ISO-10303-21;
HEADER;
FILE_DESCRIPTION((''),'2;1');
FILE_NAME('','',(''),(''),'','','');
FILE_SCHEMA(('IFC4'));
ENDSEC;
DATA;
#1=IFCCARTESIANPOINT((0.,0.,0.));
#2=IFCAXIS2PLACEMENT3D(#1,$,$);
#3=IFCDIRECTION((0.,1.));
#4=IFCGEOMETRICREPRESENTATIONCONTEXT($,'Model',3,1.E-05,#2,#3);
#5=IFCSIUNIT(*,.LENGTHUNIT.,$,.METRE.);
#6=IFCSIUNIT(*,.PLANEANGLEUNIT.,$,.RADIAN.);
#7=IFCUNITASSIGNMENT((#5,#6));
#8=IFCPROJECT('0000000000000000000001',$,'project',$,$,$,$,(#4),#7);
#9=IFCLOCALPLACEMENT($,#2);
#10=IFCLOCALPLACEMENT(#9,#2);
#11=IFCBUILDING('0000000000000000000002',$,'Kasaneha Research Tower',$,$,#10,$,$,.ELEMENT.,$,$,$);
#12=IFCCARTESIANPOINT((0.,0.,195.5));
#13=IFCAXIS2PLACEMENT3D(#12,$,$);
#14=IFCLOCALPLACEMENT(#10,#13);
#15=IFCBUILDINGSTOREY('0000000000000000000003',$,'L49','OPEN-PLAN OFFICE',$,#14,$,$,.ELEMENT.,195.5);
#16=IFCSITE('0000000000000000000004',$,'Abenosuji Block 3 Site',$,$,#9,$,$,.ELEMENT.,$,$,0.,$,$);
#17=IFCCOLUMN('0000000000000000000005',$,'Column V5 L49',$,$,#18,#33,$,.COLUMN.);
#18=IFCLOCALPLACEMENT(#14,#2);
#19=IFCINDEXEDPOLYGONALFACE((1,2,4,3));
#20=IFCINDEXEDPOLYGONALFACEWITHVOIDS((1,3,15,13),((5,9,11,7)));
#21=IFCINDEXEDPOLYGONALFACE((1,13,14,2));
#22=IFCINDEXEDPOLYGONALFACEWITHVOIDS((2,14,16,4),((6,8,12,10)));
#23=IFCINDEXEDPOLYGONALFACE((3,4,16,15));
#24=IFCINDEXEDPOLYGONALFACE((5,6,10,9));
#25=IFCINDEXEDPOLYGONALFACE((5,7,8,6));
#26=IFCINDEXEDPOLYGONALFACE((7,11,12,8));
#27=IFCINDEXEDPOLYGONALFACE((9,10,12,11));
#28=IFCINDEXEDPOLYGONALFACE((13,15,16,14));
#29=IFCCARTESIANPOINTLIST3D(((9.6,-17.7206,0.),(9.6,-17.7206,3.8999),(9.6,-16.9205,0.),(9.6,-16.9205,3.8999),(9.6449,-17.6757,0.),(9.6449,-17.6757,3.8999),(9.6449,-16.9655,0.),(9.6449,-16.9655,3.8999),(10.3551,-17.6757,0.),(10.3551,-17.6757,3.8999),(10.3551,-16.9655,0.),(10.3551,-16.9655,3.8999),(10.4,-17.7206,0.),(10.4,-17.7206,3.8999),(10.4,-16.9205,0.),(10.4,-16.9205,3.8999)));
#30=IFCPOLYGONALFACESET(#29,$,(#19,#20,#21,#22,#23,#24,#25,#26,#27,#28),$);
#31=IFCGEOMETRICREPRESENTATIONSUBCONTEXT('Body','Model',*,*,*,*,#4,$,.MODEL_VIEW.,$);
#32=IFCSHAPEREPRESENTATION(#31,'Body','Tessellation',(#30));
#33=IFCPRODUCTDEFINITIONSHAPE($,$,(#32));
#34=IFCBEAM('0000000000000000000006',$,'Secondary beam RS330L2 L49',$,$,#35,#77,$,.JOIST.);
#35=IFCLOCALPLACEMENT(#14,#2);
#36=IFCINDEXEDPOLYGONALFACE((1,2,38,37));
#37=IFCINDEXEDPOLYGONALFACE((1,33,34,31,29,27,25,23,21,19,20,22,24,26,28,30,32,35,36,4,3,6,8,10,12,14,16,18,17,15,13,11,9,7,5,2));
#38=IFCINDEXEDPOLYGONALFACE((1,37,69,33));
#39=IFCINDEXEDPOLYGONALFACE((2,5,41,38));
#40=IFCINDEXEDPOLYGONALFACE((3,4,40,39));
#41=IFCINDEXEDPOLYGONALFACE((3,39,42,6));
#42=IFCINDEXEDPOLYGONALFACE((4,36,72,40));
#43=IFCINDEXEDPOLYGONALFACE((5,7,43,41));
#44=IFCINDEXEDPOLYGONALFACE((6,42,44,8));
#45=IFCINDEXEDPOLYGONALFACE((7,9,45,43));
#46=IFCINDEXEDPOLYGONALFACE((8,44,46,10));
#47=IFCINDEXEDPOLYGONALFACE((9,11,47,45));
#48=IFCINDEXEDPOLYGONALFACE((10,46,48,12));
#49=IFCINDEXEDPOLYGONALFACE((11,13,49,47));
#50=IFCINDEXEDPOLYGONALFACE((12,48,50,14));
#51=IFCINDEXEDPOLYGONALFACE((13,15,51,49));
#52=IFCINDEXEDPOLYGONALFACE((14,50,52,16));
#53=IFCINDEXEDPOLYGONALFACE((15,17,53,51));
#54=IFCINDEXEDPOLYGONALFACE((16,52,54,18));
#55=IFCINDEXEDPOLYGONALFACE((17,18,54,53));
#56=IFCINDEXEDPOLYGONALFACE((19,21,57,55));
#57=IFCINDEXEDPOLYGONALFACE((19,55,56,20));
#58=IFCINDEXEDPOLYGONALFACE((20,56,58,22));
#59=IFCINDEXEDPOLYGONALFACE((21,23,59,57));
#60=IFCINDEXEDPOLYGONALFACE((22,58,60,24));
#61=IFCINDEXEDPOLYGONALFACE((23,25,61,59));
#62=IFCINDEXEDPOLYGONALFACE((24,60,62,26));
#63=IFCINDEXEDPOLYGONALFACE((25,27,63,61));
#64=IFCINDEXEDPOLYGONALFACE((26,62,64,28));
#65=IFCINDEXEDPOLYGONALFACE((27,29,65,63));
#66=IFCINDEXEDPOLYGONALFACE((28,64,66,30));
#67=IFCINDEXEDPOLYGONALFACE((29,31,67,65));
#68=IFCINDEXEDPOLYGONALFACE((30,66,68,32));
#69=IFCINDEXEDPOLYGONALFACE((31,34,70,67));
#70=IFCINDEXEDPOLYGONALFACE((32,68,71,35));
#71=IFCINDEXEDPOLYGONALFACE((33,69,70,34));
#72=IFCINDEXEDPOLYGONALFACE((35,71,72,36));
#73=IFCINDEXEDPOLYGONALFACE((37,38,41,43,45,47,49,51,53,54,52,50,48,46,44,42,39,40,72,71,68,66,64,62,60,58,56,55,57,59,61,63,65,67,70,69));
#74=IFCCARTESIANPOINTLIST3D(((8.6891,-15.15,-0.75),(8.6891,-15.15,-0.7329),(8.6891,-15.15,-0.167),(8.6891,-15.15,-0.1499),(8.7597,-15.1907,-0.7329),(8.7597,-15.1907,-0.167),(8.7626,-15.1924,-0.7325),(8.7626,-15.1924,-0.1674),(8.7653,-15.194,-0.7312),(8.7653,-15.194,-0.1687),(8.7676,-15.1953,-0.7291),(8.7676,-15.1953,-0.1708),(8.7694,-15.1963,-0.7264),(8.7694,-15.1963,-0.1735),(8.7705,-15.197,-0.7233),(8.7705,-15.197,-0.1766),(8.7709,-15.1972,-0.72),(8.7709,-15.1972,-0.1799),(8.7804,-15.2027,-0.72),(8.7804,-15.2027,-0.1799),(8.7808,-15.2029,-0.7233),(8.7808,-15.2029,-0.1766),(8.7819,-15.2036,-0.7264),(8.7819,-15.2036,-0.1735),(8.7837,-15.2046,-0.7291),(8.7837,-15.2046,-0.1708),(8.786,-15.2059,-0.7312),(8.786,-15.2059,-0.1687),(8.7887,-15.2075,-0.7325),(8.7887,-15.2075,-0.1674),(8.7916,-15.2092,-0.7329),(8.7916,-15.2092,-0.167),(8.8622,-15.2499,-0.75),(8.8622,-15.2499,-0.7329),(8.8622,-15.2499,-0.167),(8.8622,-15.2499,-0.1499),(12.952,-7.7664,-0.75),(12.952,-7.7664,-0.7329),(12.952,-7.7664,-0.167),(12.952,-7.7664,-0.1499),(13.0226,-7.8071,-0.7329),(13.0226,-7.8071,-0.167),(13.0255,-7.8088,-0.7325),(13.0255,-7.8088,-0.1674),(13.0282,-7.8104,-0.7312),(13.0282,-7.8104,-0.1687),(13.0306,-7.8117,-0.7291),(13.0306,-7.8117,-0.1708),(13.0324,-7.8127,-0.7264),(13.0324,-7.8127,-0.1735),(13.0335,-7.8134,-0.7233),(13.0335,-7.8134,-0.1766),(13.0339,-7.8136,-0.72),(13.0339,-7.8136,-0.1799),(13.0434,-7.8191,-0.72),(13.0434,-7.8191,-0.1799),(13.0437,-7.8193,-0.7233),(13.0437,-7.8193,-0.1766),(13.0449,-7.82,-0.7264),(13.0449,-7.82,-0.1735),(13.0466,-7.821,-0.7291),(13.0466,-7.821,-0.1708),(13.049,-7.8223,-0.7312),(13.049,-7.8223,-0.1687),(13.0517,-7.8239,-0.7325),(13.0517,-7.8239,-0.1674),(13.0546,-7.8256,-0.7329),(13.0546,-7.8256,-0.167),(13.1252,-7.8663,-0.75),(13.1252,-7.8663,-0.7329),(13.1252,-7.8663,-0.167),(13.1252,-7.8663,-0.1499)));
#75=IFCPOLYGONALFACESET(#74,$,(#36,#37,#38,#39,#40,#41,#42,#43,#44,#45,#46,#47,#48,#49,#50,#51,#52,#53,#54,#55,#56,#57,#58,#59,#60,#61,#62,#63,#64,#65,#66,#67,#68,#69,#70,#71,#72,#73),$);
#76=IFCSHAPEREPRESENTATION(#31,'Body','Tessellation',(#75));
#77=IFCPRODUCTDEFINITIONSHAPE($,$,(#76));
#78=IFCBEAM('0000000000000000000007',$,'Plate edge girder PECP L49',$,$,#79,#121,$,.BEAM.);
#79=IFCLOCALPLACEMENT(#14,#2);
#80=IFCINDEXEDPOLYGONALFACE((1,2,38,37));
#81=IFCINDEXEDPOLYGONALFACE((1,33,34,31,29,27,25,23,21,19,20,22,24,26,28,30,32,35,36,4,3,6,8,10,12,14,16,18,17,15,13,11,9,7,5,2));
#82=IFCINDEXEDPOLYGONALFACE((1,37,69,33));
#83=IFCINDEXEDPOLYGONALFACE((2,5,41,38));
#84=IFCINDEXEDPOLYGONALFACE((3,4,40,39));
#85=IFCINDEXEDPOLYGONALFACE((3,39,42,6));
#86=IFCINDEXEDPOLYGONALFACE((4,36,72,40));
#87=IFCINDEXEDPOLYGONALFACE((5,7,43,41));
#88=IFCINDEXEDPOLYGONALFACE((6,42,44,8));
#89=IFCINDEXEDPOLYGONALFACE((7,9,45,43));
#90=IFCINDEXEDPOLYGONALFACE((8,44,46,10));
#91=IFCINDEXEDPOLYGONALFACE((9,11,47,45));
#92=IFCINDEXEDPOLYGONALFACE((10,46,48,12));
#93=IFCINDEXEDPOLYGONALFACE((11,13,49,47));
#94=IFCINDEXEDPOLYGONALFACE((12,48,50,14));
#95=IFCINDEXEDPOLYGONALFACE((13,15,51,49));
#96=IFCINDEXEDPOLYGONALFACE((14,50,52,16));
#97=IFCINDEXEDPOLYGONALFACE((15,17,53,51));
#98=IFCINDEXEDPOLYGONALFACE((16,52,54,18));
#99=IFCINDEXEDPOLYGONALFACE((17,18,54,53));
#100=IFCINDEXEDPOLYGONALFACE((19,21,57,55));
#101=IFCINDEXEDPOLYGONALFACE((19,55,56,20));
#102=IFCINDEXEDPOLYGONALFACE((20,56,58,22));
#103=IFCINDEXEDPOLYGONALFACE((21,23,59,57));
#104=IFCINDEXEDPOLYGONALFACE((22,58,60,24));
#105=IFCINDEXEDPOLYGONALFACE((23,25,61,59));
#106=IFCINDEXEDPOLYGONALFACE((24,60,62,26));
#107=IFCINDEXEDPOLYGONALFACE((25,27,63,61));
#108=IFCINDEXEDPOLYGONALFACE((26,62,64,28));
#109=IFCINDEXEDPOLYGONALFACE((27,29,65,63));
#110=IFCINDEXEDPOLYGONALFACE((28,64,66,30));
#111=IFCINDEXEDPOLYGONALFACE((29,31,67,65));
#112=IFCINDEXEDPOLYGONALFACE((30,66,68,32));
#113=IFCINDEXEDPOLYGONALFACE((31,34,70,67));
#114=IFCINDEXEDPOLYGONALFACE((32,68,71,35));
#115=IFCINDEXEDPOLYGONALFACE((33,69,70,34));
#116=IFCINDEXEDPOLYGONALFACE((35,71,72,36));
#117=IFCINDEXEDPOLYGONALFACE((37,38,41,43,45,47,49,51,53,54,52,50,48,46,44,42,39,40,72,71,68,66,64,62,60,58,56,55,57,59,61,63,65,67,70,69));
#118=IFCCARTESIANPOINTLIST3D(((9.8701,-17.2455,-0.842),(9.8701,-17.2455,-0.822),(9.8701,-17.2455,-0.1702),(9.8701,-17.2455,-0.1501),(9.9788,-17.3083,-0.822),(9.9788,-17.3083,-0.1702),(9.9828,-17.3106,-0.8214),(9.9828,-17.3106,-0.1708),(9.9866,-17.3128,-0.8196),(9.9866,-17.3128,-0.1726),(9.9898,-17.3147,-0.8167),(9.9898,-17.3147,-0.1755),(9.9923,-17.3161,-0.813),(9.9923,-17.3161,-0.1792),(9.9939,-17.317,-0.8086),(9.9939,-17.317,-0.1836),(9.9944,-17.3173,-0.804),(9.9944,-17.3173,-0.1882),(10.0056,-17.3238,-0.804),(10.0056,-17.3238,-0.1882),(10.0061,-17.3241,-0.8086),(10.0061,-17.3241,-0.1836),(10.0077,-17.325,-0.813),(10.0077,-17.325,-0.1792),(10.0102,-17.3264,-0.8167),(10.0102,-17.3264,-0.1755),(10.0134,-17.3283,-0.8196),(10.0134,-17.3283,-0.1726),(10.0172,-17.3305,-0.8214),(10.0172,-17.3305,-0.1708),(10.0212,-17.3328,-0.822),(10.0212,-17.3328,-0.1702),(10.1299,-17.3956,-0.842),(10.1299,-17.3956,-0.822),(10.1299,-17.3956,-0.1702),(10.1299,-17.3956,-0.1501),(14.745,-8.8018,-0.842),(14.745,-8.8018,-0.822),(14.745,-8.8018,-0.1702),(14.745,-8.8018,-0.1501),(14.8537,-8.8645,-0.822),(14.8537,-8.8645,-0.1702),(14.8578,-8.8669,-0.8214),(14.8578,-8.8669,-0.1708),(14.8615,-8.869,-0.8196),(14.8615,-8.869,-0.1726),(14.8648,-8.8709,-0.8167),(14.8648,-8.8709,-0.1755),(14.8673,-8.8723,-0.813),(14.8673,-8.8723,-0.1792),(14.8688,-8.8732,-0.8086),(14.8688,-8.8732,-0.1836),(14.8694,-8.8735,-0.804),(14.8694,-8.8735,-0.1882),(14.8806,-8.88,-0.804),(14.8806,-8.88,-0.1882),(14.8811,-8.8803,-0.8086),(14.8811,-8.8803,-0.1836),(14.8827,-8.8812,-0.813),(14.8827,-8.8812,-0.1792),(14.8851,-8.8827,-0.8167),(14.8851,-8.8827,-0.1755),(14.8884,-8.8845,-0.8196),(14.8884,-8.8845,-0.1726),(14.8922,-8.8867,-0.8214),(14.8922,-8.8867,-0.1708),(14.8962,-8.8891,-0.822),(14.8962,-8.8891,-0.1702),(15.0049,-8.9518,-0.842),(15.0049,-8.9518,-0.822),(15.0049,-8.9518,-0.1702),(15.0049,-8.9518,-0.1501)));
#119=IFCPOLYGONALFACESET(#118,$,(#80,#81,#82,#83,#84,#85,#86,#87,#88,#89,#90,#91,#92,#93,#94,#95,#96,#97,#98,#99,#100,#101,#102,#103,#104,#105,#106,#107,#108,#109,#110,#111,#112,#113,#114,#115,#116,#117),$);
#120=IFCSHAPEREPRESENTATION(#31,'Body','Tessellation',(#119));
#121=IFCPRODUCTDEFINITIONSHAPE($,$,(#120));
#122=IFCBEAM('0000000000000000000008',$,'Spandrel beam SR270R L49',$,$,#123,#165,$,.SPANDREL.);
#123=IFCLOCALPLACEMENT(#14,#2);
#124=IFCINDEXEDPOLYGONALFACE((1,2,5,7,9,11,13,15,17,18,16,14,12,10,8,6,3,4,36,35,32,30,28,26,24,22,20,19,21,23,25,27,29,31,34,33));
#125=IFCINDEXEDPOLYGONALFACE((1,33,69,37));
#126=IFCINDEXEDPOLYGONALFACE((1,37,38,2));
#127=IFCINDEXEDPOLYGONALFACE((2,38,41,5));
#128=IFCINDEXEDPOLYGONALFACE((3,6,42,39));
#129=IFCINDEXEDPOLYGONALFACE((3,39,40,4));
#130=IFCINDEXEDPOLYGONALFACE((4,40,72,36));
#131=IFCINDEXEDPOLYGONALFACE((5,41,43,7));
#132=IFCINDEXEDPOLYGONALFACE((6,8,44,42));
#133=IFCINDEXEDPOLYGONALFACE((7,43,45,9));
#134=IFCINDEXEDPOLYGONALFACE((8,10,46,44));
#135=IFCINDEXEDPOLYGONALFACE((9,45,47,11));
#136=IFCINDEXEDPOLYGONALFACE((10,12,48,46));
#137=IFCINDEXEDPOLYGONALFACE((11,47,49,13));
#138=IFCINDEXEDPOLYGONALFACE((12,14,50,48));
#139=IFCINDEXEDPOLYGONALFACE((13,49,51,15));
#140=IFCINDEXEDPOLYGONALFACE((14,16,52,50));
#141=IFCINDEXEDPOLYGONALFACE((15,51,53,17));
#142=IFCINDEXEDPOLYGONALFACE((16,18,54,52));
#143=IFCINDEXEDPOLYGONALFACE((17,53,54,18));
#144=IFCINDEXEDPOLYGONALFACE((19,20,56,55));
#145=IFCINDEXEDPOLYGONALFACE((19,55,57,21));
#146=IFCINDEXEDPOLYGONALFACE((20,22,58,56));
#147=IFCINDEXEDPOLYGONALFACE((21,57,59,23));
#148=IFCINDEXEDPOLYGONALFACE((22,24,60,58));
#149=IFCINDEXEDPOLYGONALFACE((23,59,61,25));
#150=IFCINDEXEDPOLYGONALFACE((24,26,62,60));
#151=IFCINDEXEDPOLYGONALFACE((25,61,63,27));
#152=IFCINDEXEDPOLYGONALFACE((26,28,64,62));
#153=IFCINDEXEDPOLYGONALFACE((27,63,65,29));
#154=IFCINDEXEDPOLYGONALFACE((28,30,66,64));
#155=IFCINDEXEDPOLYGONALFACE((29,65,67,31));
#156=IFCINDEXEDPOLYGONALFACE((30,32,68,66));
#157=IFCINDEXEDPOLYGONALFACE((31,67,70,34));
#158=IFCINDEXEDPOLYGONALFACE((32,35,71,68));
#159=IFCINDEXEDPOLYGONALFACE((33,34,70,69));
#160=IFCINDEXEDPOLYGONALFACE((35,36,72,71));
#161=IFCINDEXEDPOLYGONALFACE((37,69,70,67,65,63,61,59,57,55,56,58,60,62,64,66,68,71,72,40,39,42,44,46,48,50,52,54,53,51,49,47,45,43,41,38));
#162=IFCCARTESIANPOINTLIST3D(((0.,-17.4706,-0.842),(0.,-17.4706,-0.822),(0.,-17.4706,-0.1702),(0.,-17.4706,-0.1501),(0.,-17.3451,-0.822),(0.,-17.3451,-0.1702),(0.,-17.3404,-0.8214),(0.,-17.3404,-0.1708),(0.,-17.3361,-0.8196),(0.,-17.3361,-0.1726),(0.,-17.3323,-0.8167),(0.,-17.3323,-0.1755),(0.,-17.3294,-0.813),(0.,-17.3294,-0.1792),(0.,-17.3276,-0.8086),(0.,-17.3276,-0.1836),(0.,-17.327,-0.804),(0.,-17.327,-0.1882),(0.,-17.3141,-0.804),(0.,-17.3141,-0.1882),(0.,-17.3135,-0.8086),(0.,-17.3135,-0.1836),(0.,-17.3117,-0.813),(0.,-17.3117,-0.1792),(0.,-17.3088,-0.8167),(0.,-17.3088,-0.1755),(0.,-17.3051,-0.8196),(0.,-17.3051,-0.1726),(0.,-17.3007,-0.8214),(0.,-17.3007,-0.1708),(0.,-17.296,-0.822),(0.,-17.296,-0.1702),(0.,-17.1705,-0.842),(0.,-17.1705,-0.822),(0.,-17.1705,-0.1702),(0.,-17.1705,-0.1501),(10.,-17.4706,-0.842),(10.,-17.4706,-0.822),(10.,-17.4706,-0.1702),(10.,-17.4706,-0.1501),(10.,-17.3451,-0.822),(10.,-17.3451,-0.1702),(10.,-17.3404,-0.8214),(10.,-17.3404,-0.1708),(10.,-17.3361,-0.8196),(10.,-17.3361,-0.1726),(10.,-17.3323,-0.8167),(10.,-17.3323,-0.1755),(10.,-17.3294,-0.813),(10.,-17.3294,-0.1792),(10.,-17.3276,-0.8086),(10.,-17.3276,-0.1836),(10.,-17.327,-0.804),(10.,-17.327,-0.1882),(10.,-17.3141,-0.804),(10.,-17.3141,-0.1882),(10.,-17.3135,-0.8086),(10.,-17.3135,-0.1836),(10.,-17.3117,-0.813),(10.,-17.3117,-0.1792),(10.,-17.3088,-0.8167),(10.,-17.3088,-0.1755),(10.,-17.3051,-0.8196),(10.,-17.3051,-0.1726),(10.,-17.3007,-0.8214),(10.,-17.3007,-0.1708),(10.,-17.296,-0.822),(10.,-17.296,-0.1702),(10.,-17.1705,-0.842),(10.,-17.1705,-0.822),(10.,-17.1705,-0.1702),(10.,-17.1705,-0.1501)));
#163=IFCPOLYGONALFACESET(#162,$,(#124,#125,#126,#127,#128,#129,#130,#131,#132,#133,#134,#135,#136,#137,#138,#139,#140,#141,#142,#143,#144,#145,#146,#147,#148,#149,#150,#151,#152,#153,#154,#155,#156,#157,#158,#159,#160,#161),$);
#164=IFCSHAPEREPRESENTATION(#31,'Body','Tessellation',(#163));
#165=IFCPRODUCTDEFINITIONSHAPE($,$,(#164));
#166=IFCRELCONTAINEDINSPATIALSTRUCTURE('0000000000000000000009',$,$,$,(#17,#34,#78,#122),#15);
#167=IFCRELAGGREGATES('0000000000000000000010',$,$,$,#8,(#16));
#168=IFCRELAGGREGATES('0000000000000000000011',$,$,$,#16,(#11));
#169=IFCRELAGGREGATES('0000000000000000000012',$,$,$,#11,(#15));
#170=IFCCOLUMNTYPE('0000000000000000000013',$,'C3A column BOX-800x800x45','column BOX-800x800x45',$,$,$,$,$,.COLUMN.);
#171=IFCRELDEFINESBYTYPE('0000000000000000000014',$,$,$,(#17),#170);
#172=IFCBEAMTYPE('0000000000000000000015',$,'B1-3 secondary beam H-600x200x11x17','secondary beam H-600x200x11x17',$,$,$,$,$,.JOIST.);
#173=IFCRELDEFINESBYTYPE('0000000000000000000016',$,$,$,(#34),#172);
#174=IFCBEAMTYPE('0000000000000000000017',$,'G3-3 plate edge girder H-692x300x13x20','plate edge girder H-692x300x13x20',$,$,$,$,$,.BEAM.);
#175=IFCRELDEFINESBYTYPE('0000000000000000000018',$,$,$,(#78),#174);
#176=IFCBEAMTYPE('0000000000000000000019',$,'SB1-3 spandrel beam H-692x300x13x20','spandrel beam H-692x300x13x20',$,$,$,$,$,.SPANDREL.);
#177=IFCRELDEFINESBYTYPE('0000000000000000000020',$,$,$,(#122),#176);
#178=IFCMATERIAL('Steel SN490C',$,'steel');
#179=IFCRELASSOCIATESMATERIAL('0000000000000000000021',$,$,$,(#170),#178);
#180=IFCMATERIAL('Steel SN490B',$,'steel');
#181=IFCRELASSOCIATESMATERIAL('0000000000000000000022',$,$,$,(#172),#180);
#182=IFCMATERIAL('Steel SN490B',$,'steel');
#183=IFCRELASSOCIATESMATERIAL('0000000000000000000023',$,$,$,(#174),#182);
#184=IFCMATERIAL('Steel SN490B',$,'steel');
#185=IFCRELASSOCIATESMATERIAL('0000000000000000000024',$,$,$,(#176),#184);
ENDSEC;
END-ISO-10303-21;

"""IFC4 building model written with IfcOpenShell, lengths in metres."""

from ifc_helpers import new_model, si_unit, direction, frame, origin, origin_2d, place, context, subcontext, project, spatial, hollow_rectangle, i_section, extrude, material, material_profile, profile_set, type_object, element, save


model = new_model("IFC4")

# Units and contexts
model_context = context("Model", 3, precision=1e-05, world=origin(), true_north=direction((0.0, 1.0)))
body_context = subcontext(model_context, "Body", "Model", "MODEL_VIEW")
ifc_project = project(units=[si_unit("LENGTHUNIT", "METRE"), si_unit("PLANEANGLEUNIT", "RADIAN")], contexts=[model_context])

# Site, building, storey
site_placement = place(None, origin())
site = spatial("IfcSite", under=ifc_project, at=site_placement, Name="Abenosuji Block 3 Site", CompositionType="ELEMENT", RefElevation=0.0)
building_placement = place(site_placement, origin())
building = spatial("IfcBuilding", under=site, at=building_placement, Name="Kasaneha Research Tower", CompositionType="ELEMENT")
storey_placement = place(building_placement, frame((0.0, 0.0, 195.5)))
storey = spatial("IfcBuildingStorey", under=building, at=storey_placement, Name="L49", Description="OPEN-PLAN OFFICE", CompositionType="ELEMENT", Elevation=195.5)

# Column
ifc_material_1 = material(Name="Steel SN490C", Category="steel")
ifc_material_profile_1 = material_profile(ifc_material_1, hollow_rectangle(XDim=0.8, YDim=0.8, WallThickness=0.0449, at=origin_2d()), Name="BOX-800x800x45")
ifc_profile_set_1 = profile_set([ifc_material_profile_1], Name="Steel SN490C")
column_type = type_object("IfcColumnType", Name="C3A column BOX-800x800x45", Description="column BOX-800x800x45", PredefinedType="COLUMN", material=ifc_profile_set_1)
column_placement = place(storey_placement, frame((10.0, -17.3206, 0.0), z_axis=(0.0, 0.0, 1.0), x_axis=(1.0, 0.0, 0.0)))
element("IfcColumn", 1, at=column_placement, inside=storey, type_object=column_type, Name="Column V5 L49", PredefinedType="COLUMN", context=body_context, shape_type="SweptSolid", body=[
    extrude(hollow_rectangle(XDim=0.8, YDim=0.8, WallThickness=0.0449, at=origin_2d()), origin(), (0.0, 0.0, 1.0), 3.8999),
])

# Beams
ifc_material_2 = material(Name="Steel SN490B", Category="steel")
ifc_material_profile_2 = material_profile(ifc_material_2, i_section(OverallWidth=0.2, OverallDepth=0.6001, WebThickness=0.011, FlangeThickness=0.0171, FilletRadius=0.0129, at=origin_2d()), Name="H-600x200x11x17")
ifc_profile_set_2 = profile_set([ifc_material_profile_2], Name="Steel SN490B")
beam_type_1 = type_object("IfcBeamType", Name="B1-3 secondary beam H-600x200x11x17", Description="secondary beam H-600x200x11x17", PredefinedType="JOIST", material=ifc_profile_set_2)
beam_1_placement = place(storey_placement, frame((8.7756, -15.2, -0.45), z_axis=(0.500004, 0.866023, 0.0), x_axis=(-0.866023, 0.500004, 0.0)))
element("IfcBeam", 2, at=beam_1_placement, inside=storey, type_object=beam_type_1, Name="Secondary beam RS330L2 L49", PredefinedType="JOIST", context=body_context, shape_type="SweptSolid", body=[
    extrude(i_section(OverallWidth=0.2, OverallDepth=0.6001, WebThickness=0.011, FlangeThickness=0.0171, FilletRadius=0.0129, at=origin_2d()), origin(), (0.0, 0.0, 1.0), 8.5259),
])
ifc_material_3 = material(Name="Steel SN490B", Category="steel")
ifc_material_profile_3 = material_profile(ifc_material_3, i_section(OverallWidth=0.3, OverallDepth=0.6919, WebThickness=0.0129, FlangeThickness=0.02, FilletRadius=0.0181, at=origin_2d()), Name="H-692x300x13x20")
ifc_profile_set_3 = profile_set([ifc_material_profile_3], Name="Steel SN490B")
beam_type_2 = type_object("IfcBeamType", Name="G3-3 plate edge girder H-692x300x13x20", Description="plate edge girder H-692x300x13x20", PredefinedType="BEAM", material=ifc_profile_set_3)
beam_2_placement = place(storey_placement, frame((10.0, -17.3206, -0.4961), z_axis=(0.499996, 0.866028, 0.0), x_axis=(-0.866028, 0.499996, 0.0)))
element("IfcBeam", 3, at=beam_2_placement, inside=storey, type_object=beam_type_2, Name="Plate edge girder PECP L49", PredefinedType="BEAM", context=body_context, shape_type="SweptSolid", body=[
    extrude(i_section(OverallWidth=0.3, OverallDepth=0.6919, WebThickness=0.0129, FlangeThickness=0.02, FilletRadius=0.0181, at=origin_2d()), origin(), (0.0, 0.0, 1.0), 9.75),
])
ifc_material_4 = material(Name="Steel SN490B", Category="steel")
ifc_material_profile_4 = material_profile(ifc_material_4, i_section(OverallWidth=0.3, OverallDepth=0.6919, WebThickness=0.0129, FlangeThickness=0.02, FilletRadius=0.0181, at=origin_2d()), Name="H-692x300x13x20")
ifc_profile_set_4 = profile_set([ifc_material_profile_4], Name="Steel SN490B")
beam_type_3 = type_object("IfcBeamType", Name="SB1-3 spandrel beam H-692x300x13x20", Description="spandrel beam H-692x300x13x20", PredefinedType="SPANDREL", material=ifc_profile_set_4)
beam_3_placement = place(storey_placement, frame((10.0, -17.3206, -0.4961), z_axis=(-1.0, 0.0, 0.0), x_axis=(0.0, -1.0, 0.0)))
element("IfcBeam", 4, at=beam_3_placement, inside=storey, type_object=beam_type_3, Name="Spandrel beam SR270R L49", PredefinedType="SPANDREL", context=body_context, shape_type="SweptSolid", body=[
    extrude(i_section(OverallWidth=0.3, OverallDepth=0.6919, WebThickness=0.0129, FlangeThickness=0.02, FilletRadius=0.0181, at=origin_2d()), origin(), (0.0, 0.0, 1.0), 10.0),
])

save(model, "model.ifc")
